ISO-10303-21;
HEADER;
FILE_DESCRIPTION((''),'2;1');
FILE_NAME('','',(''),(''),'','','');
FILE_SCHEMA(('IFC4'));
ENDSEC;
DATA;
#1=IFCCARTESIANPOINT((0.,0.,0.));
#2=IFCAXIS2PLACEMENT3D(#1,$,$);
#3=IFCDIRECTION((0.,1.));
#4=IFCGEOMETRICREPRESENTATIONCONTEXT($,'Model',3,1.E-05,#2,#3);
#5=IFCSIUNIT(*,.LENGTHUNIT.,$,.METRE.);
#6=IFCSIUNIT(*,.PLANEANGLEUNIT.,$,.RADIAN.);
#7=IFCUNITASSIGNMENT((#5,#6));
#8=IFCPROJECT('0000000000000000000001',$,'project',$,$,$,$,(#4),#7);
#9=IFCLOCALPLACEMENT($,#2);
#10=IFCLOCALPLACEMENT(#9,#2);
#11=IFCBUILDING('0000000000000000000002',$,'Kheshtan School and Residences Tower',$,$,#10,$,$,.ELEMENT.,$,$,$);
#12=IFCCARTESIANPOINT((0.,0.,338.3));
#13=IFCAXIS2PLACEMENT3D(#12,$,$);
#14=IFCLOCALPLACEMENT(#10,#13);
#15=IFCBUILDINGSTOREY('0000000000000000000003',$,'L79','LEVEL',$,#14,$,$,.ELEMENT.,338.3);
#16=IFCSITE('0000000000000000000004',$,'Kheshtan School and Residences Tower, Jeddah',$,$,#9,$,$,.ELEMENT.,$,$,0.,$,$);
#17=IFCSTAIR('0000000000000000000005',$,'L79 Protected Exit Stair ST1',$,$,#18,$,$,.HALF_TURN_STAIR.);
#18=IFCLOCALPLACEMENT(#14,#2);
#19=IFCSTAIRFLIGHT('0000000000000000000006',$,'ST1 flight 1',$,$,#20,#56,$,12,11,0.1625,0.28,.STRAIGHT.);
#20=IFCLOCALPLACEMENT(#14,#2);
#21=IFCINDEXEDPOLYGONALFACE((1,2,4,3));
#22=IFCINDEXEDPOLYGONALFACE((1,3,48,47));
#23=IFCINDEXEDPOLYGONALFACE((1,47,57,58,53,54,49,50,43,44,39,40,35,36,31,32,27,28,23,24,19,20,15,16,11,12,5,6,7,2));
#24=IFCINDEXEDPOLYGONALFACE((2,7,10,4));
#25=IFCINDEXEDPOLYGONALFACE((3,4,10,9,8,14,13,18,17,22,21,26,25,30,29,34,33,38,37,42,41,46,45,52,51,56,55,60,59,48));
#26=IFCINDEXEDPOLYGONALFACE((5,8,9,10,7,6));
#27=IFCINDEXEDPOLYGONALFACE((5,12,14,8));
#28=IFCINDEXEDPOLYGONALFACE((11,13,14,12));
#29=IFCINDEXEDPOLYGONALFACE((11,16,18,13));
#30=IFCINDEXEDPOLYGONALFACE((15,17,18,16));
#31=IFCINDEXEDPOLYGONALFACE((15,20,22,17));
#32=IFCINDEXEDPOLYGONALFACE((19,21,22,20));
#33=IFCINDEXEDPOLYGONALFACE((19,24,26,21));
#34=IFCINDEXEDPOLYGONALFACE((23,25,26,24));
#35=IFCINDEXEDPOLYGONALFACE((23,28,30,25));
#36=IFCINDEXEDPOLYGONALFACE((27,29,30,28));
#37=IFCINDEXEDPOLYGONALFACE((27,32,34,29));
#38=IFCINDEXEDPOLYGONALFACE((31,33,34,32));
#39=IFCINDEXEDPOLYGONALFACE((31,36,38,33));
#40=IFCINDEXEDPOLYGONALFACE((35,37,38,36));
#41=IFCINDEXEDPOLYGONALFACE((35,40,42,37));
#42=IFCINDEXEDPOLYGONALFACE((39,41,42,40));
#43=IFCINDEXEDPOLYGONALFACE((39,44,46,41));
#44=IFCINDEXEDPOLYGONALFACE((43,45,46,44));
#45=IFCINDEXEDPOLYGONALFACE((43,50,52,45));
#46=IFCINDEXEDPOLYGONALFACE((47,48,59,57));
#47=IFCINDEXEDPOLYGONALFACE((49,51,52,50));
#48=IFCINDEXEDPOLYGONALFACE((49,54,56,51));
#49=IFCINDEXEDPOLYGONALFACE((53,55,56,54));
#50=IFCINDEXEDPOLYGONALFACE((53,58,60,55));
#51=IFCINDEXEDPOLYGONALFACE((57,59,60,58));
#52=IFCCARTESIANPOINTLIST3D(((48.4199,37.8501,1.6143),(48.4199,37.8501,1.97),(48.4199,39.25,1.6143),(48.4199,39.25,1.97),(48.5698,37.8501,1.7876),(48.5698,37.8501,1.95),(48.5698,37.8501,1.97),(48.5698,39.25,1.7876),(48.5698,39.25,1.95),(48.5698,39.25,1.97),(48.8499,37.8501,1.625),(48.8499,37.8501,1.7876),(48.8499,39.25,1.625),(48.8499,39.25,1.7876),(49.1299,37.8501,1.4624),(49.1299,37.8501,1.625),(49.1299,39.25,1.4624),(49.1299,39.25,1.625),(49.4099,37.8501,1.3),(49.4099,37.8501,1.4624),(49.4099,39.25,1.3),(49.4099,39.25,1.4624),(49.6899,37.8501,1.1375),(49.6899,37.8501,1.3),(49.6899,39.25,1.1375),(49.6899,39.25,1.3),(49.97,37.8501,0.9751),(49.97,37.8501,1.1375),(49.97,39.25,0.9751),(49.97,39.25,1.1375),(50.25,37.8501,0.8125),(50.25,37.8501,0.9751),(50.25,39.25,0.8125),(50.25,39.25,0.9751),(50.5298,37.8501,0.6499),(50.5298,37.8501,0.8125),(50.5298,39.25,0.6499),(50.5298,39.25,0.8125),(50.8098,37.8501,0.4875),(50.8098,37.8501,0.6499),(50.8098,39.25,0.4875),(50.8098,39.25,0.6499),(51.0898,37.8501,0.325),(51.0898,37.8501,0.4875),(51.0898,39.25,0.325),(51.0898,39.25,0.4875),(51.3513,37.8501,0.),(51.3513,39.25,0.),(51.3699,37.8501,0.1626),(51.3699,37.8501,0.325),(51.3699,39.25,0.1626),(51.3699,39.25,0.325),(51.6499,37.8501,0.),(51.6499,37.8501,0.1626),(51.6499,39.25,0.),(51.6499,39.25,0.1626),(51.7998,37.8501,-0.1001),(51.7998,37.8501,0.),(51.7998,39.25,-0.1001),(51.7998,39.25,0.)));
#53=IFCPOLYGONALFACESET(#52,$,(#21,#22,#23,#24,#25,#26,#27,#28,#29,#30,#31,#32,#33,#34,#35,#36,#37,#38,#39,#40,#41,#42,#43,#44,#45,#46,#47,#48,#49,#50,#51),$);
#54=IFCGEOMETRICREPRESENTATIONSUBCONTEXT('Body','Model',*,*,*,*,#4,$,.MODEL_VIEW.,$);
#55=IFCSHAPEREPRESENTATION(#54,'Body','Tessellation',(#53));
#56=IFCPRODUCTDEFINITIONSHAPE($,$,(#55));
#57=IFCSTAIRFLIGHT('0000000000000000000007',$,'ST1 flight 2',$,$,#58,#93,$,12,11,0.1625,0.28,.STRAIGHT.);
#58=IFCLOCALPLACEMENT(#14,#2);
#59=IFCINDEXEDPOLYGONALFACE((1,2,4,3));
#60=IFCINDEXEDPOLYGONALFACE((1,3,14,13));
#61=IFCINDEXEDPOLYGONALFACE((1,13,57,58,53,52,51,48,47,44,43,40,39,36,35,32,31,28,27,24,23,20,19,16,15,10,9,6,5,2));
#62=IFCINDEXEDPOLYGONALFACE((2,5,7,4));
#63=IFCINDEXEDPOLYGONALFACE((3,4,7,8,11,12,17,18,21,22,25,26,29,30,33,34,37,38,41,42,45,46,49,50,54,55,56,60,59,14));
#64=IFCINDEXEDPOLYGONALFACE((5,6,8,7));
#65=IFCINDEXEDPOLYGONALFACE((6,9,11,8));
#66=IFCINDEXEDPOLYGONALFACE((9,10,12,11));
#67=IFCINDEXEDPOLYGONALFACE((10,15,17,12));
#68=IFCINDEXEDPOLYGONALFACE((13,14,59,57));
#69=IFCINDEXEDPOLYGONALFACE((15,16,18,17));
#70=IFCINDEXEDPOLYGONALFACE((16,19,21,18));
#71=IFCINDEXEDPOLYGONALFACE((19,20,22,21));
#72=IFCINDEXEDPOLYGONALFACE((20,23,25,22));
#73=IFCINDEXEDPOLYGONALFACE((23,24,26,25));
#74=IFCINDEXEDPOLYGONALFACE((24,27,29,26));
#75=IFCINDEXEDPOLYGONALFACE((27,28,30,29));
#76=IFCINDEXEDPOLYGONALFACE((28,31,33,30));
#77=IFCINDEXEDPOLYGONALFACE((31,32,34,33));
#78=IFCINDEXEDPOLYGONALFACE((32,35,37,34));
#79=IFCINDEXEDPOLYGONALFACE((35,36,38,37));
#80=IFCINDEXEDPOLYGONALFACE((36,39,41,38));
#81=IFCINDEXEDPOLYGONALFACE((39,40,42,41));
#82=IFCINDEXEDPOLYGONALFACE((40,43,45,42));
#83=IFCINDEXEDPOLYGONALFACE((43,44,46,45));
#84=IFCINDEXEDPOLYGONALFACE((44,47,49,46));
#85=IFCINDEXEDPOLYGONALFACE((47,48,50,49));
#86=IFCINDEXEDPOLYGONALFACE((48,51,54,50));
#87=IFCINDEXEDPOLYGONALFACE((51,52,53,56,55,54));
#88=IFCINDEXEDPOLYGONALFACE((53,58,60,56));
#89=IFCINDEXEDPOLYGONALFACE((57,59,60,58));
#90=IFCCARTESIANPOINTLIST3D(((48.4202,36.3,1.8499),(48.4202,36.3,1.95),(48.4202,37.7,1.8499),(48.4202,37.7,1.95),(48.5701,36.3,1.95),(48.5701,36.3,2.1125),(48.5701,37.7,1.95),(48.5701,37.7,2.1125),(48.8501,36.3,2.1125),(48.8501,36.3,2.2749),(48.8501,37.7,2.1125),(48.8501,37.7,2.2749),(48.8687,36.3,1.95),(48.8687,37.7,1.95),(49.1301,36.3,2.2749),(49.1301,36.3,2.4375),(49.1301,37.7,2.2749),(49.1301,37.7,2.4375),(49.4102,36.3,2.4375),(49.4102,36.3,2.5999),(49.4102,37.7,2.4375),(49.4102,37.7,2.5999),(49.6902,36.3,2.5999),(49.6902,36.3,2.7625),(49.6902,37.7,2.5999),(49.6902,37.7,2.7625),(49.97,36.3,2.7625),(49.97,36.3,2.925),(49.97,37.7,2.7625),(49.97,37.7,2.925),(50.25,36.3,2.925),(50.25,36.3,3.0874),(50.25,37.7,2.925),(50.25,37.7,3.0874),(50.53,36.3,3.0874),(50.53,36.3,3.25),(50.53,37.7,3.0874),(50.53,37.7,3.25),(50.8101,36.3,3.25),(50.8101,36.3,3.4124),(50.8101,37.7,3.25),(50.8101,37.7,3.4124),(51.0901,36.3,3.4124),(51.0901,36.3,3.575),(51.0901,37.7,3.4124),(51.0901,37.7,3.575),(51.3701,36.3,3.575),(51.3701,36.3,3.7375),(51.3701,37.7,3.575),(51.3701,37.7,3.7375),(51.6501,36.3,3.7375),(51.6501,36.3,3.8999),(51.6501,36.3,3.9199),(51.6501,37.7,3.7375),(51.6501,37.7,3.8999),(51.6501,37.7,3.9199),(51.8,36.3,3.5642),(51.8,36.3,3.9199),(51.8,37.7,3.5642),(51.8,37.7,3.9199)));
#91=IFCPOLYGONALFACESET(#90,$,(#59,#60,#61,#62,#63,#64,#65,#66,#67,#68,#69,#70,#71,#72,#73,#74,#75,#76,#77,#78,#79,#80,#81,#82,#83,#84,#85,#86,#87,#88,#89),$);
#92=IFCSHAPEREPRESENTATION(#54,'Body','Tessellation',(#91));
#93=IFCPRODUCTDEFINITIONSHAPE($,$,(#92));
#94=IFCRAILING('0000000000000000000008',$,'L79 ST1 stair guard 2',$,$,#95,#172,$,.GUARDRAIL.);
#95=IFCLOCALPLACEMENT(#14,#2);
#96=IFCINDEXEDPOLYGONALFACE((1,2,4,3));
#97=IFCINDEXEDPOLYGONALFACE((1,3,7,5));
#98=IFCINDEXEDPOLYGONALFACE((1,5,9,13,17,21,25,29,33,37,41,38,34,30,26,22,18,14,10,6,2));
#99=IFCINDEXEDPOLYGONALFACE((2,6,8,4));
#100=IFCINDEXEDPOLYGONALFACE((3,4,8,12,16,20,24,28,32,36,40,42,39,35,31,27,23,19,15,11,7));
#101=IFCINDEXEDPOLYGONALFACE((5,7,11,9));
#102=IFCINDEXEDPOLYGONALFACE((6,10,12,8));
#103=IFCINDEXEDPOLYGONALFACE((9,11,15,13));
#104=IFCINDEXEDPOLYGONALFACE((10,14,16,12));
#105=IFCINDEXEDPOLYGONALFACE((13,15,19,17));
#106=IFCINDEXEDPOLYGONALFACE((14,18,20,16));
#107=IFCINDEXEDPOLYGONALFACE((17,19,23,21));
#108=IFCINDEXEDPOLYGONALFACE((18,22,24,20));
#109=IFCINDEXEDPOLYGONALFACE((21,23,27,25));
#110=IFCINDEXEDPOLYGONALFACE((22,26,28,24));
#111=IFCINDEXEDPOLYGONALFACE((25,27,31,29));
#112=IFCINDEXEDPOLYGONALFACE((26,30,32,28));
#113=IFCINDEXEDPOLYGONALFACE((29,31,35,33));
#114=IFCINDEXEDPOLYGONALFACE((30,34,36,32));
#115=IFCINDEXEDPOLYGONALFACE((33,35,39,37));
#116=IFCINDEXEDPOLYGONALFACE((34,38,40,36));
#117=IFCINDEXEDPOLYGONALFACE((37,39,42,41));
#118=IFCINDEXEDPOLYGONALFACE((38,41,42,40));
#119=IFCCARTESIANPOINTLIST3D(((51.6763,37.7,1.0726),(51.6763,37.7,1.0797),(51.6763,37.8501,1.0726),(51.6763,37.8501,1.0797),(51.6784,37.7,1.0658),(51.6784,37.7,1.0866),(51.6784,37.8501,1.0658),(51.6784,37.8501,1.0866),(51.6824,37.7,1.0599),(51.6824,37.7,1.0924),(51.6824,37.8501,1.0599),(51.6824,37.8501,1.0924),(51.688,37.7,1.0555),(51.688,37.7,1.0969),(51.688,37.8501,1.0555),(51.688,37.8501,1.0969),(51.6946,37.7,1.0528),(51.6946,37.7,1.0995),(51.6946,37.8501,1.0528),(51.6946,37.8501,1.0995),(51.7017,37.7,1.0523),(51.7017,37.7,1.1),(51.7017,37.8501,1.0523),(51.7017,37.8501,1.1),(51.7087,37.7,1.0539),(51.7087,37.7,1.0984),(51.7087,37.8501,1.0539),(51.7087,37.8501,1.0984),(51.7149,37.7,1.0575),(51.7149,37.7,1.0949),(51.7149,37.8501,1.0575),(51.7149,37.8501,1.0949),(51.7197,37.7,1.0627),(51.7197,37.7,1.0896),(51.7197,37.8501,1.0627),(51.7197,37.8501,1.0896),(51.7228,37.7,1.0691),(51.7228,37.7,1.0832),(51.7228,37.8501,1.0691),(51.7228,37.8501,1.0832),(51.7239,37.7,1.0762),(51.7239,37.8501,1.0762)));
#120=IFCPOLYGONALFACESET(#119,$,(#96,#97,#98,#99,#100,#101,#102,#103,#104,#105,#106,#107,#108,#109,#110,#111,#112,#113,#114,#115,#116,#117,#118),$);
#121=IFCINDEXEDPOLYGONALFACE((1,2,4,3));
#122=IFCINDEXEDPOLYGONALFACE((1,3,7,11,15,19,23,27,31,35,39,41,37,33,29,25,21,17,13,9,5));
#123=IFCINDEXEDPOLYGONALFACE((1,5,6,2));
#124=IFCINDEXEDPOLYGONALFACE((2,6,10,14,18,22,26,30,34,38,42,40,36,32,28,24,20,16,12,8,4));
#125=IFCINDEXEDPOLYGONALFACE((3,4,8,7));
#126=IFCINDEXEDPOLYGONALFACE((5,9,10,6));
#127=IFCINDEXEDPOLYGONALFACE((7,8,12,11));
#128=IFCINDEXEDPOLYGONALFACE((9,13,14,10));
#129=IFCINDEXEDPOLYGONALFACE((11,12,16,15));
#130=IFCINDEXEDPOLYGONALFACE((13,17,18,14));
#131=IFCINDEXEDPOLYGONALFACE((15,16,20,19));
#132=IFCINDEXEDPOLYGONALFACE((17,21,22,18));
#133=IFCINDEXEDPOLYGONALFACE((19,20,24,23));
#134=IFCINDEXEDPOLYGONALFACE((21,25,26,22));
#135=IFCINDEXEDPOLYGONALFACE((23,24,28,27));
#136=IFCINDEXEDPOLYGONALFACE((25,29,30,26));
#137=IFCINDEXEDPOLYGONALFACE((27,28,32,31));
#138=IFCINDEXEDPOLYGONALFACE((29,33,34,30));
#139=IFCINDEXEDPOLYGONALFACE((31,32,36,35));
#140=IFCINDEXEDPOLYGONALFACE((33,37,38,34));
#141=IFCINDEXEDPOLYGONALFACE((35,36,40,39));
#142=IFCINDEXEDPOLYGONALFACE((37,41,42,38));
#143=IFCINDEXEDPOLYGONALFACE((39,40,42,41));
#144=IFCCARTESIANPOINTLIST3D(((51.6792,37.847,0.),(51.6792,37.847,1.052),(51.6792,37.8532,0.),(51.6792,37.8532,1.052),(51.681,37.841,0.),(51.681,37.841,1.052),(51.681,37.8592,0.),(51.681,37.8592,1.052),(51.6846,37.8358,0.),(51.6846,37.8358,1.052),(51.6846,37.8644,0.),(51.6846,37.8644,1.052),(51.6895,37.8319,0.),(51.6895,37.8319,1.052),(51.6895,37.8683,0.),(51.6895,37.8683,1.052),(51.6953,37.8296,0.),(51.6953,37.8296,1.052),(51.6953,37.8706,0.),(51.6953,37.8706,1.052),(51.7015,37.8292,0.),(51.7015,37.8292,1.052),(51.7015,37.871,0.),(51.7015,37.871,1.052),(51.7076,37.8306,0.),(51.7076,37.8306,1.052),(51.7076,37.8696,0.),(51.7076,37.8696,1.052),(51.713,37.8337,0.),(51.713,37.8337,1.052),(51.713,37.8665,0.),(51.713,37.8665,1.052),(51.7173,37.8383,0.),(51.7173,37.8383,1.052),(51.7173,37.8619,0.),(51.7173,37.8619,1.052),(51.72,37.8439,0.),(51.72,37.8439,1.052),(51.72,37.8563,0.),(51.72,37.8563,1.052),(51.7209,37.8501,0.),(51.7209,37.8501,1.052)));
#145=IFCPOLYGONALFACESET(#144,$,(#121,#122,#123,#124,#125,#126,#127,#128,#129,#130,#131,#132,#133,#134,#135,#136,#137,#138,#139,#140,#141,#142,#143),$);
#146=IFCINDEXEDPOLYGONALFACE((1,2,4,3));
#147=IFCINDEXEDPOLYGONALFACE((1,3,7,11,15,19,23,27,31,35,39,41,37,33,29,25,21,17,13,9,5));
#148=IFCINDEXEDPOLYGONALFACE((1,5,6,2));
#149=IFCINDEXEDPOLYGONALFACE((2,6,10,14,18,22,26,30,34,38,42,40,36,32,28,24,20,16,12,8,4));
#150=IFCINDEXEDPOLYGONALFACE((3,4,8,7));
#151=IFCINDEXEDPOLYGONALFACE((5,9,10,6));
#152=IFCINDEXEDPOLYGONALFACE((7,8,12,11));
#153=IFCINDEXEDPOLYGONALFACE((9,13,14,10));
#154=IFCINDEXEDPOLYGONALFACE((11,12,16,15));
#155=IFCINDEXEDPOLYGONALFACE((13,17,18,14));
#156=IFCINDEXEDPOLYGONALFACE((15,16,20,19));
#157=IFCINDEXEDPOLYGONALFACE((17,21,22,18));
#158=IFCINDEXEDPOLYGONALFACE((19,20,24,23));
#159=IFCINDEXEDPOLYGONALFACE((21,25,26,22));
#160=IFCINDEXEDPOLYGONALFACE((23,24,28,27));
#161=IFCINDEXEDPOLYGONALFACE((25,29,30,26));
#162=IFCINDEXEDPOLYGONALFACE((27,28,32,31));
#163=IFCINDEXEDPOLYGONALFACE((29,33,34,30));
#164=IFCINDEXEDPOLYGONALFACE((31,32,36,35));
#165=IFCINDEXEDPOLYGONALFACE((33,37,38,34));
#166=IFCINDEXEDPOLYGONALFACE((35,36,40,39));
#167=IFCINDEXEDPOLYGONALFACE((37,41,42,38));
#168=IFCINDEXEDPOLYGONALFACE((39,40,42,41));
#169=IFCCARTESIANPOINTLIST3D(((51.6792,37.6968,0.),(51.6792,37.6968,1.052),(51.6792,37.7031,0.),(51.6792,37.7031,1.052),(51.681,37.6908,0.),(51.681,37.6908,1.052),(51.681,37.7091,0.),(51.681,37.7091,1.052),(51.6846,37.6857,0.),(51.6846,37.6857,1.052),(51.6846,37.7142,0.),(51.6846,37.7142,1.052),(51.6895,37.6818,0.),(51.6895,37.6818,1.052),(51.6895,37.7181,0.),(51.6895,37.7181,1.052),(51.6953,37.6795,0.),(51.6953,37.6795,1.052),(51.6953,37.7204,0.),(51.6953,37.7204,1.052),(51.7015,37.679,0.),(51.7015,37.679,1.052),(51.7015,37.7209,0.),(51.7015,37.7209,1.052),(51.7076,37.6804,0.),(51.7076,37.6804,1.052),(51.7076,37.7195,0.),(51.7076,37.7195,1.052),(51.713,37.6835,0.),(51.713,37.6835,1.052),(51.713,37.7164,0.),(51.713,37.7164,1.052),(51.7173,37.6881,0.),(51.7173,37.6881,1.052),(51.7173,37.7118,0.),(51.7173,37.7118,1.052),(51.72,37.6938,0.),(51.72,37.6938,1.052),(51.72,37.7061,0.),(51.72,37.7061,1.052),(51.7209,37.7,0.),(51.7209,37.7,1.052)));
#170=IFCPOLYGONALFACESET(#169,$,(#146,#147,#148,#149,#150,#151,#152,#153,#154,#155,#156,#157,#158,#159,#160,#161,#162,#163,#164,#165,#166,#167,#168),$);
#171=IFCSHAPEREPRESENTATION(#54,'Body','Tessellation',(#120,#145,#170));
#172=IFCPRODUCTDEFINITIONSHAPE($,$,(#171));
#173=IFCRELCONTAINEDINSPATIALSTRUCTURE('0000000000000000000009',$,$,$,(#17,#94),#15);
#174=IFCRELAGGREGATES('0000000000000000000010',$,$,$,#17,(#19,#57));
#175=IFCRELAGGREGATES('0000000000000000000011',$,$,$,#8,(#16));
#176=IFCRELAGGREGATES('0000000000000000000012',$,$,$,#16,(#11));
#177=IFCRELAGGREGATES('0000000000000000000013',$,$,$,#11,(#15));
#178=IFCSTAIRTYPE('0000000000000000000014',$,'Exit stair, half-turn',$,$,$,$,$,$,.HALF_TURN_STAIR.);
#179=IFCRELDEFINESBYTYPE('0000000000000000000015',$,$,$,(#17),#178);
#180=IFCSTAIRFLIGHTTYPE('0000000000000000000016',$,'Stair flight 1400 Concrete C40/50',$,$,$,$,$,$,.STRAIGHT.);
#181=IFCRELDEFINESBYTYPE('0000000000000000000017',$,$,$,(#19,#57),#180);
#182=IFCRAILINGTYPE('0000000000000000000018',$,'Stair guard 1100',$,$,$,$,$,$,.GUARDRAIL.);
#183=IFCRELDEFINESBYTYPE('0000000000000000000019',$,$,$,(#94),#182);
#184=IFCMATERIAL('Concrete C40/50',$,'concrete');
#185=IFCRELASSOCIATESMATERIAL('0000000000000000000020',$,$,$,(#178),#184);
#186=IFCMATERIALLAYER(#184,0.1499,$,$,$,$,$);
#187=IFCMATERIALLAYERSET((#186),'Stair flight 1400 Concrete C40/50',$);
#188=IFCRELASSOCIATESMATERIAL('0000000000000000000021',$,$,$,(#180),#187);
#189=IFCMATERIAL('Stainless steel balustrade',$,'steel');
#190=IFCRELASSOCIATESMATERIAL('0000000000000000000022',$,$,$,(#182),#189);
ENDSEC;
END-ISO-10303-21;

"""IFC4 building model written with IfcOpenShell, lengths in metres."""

from ifc_helpers import new_model, si_unit, direction, frame, origin, origin_2d, place, context, subcontext, project, spatial, polyline, circle, outline, extrude, material, layer, layer_set, type_object, element, aggregate, save


model = new_model("IFC4")

# Units and contexts
model_context = context("Model", 3, precision=1e-05, world=origin(), true_north=direction((0.0, 1.0)))
body_context = subcontext(model_context, "Body", "Model", "MODEL_VIEW")
ifc_project = project(units=[si_unit("LENGTHUNIT", "METRE"), si_unit("PLANEANGLEUNIT", "RADIAN")], contexts=[model_context])

# Site, building, storey
site_placement = place(None, origin())
site = spatial("IfcSite", under=ifc_project, at=site_placement, Name="Kheshtan School and Residences Tower, Jeddah", CompositionType="ELEMENT", RefElevation=0.0)
building_placement = place(site_placement, origin())
building = spatial("IfcBuilding", under=site, at=building_placement, Name="Kheshtan School and Residences Tower", CompositionType="ELEMENT")
storey_placement = place(building_placement, frame((0.0, 0.0, 338.3)))
storey = spatial("IfcBuildingStorey", under=building, at=storey_placement, Name="L79", Description="LEVEL", CompositionType="ELEMENT", Elevation=338.3)

# Stair, stair flights
ifc_material_1 = material(Name="Concrete C40/50", Category="concrete")
stair_type = type_object("IfcStairType", Name="Exit stair, half-turn", PredefinedType="HALF_TURN_STAIR", material=ifc_material_1)
stair_placement = place(storey_placement, origin())
stair = element("IfcStair", 1, at=stair_placement, inside=storey, type_object=stair_type, Name="L79 Protected Exit Stair ST1", PredefinedType="HALF_TURN_STAIR")
ifc_layer_1 = layer(ifc_material_1, 0.1499)
ifc_layer_set_1 = layer_set([ifc_layer_1], Name="Stair flight 1400 Concrete C40/50")
stair_flight_type = type_object("IfcStairFlightType", Name="Stair flight 1400 Concrete C40/50", PredefinedType="STRAIGHT", material=ifc_layer_set_1)
stair_flight_1_placement = place(storey_placement, frame((51.6499, 38.55, 0.0), z_axis=(0.0, 0.0, 1.0), x_axis=(-1.0, 0.0, 0.0)))
stair_flight_1 = element("IfcStairFlight", 2, at=stair_flight_1_placement, type_object=stair_flight_type, Name="ST1 flight 1", NumberOfRisers=12, NumberOfTreads=11, PredefinedType="STRAIGHT", RiserHeight=0.1625, TreadLength=0.28, context=body_context, shape_type="SweptSolid", body=[
    extrude(outline(polyline([(-0.1499, -0.1001), (-0.1499, 0.0), (0.0, 0.0), (0.0, 0.1626), (0.28, 0.1626), (0.28, 0.325), (0.5601, 0.325), (0.5601, 0.4875), (0.8401, 0.4875), (0.8401, 0.6499), (1.1201, 0.6499), (1.1201, 0.8125), (1.3999, 0.8125), (1.3999, 0.9751), (1.6799, 0.9751), (1.6799, 1.1375), (1.96, 1.1375), (1.96, 1.3), (2.24, 1.3), (2.24, 1.4624), (2.52, 1.4624), (2.52, 1.625), (2.8, 1.625), (2.8, 1.7876), (3.0801, 1.7876), (3.0801, 1.95), (3.0801, 1.97), (3.23, 1.97), (3.23, 1.6143), (0.2986, 0.0), (-0.1499, -0.1001)])), frame((0.0, 0.7, 0.0), z_axis=(0.0, -1.0, 0.0), x_axis=(1.0, 0.0, 0.0)), (0.0, 0.0, 1.0), 1.3999),
])
stair_flight_2_placement = place(storey_placement, frame((48.5701, 37.0, 1.95), z_axis=(0.0, 0.0, 1.0), x_axis=(1.0, 0.0, 0.0)))
stair_flight_2 = element("IfcStairFlight", 3, at=stair_flight_2_placement, type_object=stair_flight_type, Name="ST1 flight 2", NumberOfRisers=12, NumberOfTreads=11, PredefinedType="STRAIGHT", RiserHeight=0.1625, TreadLength=0.28, context=body_context, shape_type="SweptSolid", body=[
    extrude(outline(polyline([(-0.1499, -0.1001), (-0.1499, 0.0), (0.0, 0.0), (0.0, 0.1626), (0.28, 0.1626), (0.28, 0.325), (0.5601, 0.325), (0.5601, 0.4875), (0.8401, 0.4875), (0.8401, 0.6499), (1.1201, 0.6499), (1.1201, 0.8125), (1.3999, 0.8125), (1.3999, 0.9751), (1.6799, 0.9751), (1.6799, 1.1375), (1.96, 1.1375), (1.96, 1.3), (2.24, 1.3), (2.24, 1.4624), (2.52, 1.4624), (2.52, 1.625), (2.8, 1.625), (2.8, 1.7876), (3.0801, 1.7876), (3.0801, 1.95), (3.0801, 1.97), (3.23, 1.97), (3.23, 1.6143), (0.2986, 0.0), (-0.1499, -0.1001)])), frame((0.0, 0.7, 0.0), z_axis=(0.0, -1.0, 0.0), x_axis=(1.0, 0.0, 0.0)), (0.0, 0.0, 1.0), 1.3999),
])
aggregate(stair, [stair_flight_1, stair_flight_2])

# Railing
ifc_material_2 = material(Name="Stainless steel balustrade", Category="steel")
railing_type_1 = type_object("IfcRailingType", Name="Stair guard 1100", PredefinedType="GUARDRAIL", material=ifc_material_2)
railing_1_placement = place(storey_placement, frame((51.7, 37.8501, 0.0)))
element("IfcRailing", 4, at=railing_1_placement, inside=storey, type_object=railing_type_1, Name="L79 ST1 stair guard 2", PredefinedType="GUARDRAIL", context=body_context, shape_type="SweptSolid", body=[
    extrude(circle(Radius=0.0239, at=origin_2d()), frame((0.0, 0.0, 1.0762), z_axis=(0.0, -1.0, 0.0), x_axis=(1.0, 0.0, 0.0)), (0.0, 0.0, 1.0), 0.1501),
    extrude(circle(Radius=0.021, at=origin_2d()), origin(), (0.0, 0.0, 1.0), 1.052),
    extrude(circle(Radius=0.021, at=origin_2d()), frame((0.0, -0.1501, 0.0)), (0.0, 0.0, 1.0), 1.052),
])

save(model, "model.ifc")
